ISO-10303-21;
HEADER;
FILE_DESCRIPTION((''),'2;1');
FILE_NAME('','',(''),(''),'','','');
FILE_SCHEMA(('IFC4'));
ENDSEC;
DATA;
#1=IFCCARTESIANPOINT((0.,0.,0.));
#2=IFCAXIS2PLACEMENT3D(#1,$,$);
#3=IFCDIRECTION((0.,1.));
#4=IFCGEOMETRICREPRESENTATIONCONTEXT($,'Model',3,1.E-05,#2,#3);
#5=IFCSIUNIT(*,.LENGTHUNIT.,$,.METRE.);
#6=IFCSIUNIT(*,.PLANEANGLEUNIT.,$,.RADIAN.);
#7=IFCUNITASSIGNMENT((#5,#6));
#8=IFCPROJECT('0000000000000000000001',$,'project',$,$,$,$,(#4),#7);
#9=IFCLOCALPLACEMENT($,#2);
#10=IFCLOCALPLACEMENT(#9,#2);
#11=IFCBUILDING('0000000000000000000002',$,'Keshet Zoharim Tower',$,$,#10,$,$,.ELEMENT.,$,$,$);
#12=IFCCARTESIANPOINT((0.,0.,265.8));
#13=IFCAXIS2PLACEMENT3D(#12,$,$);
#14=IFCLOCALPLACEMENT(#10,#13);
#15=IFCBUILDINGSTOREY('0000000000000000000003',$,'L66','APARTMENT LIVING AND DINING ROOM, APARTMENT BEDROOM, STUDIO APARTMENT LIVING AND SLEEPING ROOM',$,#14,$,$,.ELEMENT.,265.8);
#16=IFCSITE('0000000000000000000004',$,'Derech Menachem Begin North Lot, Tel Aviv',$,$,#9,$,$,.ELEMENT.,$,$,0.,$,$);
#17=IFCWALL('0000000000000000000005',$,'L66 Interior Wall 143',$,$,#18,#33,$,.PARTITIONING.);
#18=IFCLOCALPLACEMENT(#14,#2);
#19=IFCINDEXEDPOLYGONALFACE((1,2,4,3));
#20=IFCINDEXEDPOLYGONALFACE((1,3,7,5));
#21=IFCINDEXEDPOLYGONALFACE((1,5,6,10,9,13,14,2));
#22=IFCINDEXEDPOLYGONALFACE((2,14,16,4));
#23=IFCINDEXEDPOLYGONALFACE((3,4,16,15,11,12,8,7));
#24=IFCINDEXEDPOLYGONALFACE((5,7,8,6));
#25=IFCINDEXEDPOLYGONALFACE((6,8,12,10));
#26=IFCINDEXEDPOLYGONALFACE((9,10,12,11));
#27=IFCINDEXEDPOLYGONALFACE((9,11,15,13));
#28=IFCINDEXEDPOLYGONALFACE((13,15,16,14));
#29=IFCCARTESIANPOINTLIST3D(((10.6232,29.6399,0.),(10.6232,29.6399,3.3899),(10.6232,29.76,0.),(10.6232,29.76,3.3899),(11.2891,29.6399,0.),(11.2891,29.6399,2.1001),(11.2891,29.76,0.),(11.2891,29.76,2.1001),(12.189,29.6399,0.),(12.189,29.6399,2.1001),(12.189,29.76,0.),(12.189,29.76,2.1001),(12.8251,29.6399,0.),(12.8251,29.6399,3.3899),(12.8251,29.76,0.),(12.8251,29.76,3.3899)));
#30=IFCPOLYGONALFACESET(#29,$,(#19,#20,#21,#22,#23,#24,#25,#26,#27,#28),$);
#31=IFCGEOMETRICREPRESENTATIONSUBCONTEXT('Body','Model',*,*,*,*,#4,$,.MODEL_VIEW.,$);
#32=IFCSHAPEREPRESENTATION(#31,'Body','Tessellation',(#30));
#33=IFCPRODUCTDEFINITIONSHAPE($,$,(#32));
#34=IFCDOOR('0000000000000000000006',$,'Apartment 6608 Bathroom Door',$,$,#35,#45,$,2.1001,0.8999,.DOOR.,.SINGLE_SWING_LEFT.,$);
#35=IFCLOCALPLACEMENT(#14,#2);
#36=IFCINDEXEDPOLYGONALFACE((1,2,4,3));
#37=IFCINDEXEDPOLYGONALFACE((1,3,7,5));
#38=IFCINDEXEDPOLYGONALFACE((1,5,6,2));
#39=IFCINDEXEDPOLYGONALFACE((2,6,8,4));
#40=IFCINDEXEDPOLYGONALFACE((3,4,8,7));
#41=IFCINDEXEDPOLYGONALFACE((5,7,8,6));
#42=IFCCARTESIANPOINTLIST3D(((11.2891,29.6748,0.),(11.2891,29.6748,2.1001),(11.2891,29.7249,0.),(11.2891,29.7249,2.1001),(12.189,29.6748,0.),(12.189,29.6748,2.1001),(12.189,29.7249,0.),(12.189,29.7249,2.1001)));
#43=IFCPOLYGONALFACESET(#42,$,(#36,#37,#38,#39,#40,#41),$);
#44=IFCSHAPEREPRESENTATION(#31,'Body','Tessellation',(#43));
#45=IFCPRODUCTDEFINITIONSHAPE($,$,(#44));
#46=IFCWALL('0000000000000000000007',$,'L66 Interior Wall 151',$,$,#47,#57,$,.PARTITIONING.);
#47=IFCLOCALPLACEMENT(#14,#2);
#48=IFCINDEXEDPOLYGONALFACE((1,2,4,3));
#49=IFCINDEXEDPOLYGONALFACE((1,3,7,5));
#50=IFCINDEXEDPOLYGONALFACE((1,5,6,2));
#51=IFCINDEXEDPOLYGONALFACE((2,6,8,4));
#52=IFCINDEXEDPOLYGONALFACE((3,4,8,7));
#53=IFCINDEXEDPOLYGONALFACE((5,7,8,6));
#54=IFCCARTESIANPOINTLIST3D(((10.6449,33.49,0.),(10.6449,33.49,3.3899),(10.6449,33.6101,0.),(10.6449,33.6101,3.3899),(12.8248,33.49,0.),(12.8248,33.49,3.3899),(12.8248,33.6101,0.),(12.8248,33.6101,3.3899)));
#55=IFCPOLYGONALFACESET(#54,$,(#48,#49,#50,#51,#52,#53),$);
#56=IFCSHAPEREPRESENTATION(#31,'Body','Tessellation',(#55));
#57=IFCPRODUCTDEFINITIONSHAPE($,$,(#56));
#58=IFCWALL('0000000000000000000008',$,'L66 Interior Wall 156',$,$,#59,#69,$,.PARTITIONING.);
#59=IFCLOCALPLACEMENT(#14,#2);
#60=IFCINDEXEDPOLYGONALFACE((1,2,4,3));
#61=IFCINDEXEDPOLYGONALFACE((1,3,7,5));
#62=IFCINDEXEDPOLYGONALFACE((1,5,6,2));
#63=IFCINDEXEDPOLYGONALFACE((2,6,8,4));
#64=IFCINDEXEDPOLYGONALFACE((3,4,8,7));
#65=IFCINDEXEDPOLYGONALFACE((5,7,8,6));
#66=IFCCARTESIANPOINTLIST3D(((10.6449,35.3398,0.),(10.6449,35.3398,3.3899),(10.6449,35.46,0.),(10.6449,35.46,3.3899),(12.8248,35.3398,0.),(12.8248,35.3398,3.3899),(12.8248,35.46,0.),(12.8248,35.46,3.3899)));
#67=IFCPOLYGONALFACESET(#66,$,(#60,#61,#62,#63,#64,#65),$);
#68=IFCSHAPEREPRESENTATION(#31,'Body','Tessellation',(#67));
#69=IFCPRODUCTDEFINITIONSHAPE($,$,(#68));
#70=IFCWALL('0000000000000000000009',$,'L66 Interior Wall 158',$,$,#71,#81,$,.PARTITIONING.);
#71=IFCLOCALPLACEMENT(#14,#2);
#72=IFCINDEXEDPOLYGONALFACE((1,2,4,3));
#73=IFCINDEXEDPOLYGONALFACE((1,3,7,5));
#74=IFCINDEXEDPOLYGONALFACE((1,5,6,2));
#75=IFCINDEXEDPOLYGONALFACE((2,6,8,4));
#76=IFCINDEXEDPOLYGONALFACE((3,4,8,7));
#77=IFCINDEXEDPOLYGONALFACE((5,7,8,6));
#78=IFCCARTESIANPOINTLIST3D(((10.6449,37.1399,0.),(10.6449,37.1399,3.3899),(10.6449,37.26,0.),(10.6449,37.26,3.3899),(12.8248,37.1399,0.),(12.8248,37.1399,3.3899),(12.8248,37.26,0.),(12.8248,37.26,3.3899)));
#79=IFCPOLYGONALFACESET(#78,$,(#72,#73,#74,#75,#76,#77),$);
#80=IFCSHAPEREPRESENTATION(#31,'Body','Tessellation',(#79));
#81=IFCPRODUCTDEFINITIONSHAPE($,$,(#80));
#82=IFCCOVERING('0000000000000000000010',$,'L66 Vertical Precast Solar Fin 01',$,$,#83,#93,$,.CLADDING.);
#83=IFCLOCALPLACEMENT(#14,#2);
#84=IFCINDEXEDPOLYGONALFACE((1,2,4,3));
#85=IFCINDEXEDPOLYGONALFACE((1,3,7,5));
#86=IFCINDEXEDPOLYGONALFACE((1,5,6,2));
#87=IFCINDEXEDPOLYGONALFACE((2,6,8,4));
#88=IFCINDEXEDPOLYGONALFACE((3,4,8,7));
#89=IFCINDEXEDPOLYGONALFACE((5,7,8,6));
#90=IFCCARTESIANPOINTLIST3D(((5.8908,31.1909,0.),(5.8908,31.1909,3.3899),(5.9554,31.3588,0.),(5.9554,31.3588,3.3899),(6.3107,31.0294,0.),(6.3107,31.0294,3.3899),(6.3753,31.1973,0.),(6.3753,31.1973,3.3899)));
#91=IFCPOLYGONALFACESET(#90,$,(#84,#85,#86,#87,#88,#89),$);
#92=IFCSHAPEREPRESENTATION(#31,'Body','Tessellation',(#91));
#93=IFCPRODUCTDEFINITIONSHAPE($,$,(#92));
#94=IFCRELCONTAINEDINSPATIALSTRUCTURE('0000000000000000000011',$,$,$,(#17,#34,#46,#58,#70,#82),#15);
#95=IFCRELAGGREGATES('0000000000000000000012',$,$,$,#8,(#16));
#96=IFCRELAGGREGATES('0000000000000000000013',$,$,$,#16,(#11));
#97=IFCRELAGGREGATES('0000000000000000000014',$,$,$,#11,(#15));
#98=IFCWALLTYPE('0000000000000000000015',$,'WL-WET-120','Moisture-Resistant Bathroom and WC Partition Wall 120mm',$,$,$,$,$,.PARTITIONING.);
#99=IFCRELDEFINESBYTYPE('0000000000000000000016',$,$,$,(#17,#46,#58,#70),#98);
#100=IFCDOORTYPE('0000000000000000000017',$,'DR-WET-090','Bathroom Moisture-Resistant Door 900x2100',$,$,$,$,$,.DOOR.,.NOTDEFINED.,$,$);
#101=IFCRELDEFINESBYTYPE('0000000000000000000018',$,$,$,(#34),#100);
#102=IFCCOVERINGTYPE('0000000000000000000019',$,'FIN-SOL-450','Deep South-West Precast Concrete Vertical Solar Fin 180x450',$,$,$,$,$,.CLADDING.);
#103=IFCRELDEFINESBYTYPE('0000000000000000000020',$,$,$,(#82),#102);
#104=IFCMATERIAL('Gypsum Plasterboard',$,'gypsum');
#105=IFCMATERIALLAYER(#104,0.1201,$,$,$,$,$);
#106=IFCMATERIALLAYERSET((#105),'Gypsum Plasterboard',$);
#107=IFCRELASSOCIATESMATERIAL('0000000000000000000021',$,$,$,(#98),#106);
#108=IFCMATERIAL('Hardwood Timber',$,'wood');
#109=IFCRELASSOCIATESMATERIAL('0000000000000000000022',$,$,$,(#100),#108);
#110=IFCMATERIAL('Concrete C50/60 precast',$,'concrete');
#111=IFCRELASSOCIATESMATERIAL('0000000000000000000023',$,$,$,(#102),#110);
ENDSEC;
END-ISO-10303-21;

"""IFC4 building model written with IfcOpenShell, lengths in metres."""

from ifc_helpers import new_model, si_unit, direction, frame, frame_2d, origin, origin_2d, place, context, subcontext, project, spatial, rectangle, extrude, material, layer, layer_set, type_object, element, fill, save


model = new_model("IFC4")

# Units and contexts
model_context = context("Model", 3, precision=1e-05, world=origin(), true_north=direction((0.0, 1.0)))
body_context = subcontext(model_context, "Body", "Model", "MODEL_VIEW")
ifc_project = project(units=[si_unit("LENGTHUNIT", "METRE"), si_unit("PLANEANGLEUNIT", "RADIAN")], contexts=[model_context])

# Site, building, storey
site_placement = place(None, origin())
site = spatial("IfcSite", under=ifc_project, at=site_placement, Name="Derech Menachem Begin North Lot, Tel Aviv", CompositionType="ELEMENT", RefElevation=0.0)
building_placement = place(site_placement, origin())
building = spatial("IfcBuilding", under=site, at=building_placement, Name="Keshet Zoharim Tower", CompositionType="ELEMENT")
storey_placement = place(building_placement, frame((0.0, 0.0, 265.8)))
storey = spatial("IfcBuildingStorey", under=building, at=storey_placement, Name="L66", Description="APARTMENT LIVING AND DINING ROOM, APARTMENT BEDROOM, STUDIO APARTMENT LIVING AND SLEEPING ROOM", CompositionType="ELEMENT", Elevation=265.8)

# Shared definitions
ifc_material_1 = material(Name="Hardwood Timber", Category="wood")

# Shared definitions
ifc_material_2 = material(Name="Gypsum Plasterboard", Category="gypsum")

# Shared definitions
ifc_layer_1 = layer(ifc_material_2, 0.1201)
ifc_layer_set_1 = layer_set([ifc_layer_1], Name="Gypsum Plasterboard")
wall_type_1 = type_object("IfcWallType", Name="WL-WET-120", Description="Moisture-Resistant Bathroom and WC Partition Wall 120mm", PredefinedType="PARTITIONING", material=ifc_layer_set_1)

# Wall, opening, door
door_type_1 = type_object("IfcDoorType", Name="DR-WET-090", Description="Bathroom Moisture-Resistant Door 900x2100", OperationType="NOTDEFINED", PredefinedType="DOOR", material=ifc_material_1)
wall_1_placement = place(storey_placement, frame((10.623, 29.7, 0.0), z_axis=(0.0, 0.0, 1.0), x_axis=(1.0, 0.0, 0.0)))
wall_1 = element("IfcWall", 1, at=wall_1_placement, inside=storey, type_object=wall_type_1, Name="L66 Interior Wall 143", PredefinedType="PARTITIONING", context=body_context, shape_type="SweptSolid", body=[
    extrude(rectangle(XDim=2.2019, YDim=0.1201, at=frame_2d((1.1011, 0.0))), origin(), (0.0, 0.0, 1.0), 3.3899),
])
opening_1_placement = place(wall_1_placement, frame((0.666, 0.0, 0.0)))
opening_1 = element("IfcOpeningElement", 2, at=opening_1_placement, cuts=wall_1, PredefinedType="OPENING", context=body_context, shape_type="SweptSolid", body=[
    extrude(rectangle(XDim=0.8999, YDim=2.1001, at=frame_2d((0.45, 1.05))), frame((0.0, 0.0701, 0.0), z_axis=(0.0, -1.0, 0.0), x_axis=(1.0, 0.0, 0.0)), (0.0, 0.0, 1.0), 0.1401),
])
door_1_placement = place(opening_1_placement, origin())
door_1 = element("IfcDoor", 3, at=door_1_placement, inside=storey, type_object=door_type_1, Name="Apartment 6608 Bathroom Door", OperationType="SINGLE_SWING_LEFT", OverallHeight=2.1001, OverallWidth=0.8999, PredefinedType="DOOR", context=body_context, shape_type="SweptSolid", body=[
    extrude(rectangle(XDim=0.8999, YDim=2.1001, at=frame_2d((0.45, 1.05))), frame((0.0, 0.0249, 0.0), z_axis=(0.0, -1.0, 0.0), x_axis=(1.0, 0.0, 0.0)), (0.0, 0.0, 1.0), 0.05),
])
fill(opening_1, door_1)

# Walls
for number, where, z_axis, x_axis, name in (
    (4, (10.645, 33.55, 0.0), (0.0, 0.0, 1.0), (1.0, 0.0, 0.0), "L66 Interior Wall 151"),
    (5, (10.645, 35.3999, 0.0), (0.0, 0.0, 1.0), (1.0, 0.0, 0.0), "L66 Interior Wall 156"),
    (6, (10.645, 37.2, 0.0), (0.0, 0.0, 1.0), (1.0, 0.0, 0.0), "L66 Interior Wall 158"),
):
    element("IfcWall", number, at=place(storey_placement, frame(where, z_axis=z_axis, x_axis=x_axis)), inside=storey, type_object=wall_type_1, Name=name, PredefinedType="PARTITIONING", context=body_context, shape_type="SweptSolid", body=[
        extrude(rectangle(XDim=2.1799, YDim=0.1201, at=frame_2d((1.0898, 0.0))), origin(), (0.0, 0.0, 1.0), 3.3899),
    ])

# Covering
ifc_material_3 = material(Name="Concrete C50/60 precast", Category="concrete")
covering_type = type_object("IfcCoveringType", Name="FIN-SOL-450", Description="Deep South-West Precast Concrete Vertical Solar Fin 180x450", PredefinedType="CLADDING", material=ifc_material_3)
covering_placement = place(storey_placement, frame((6.1331, 31.1941, 0.0), z_axis=(0.0, 0.0, 1.0), x_axis=(0.35899, 0.933341, 0.0)))
element("IfcCovering", 7, at=covering_placement, inside=storey, type_object=covering_type, Name="L66 Vertical Precast Solar Fin 01", PredefinedType="CLADDING", context=body_context, shape_type="SweptSolid", body=[
    extrude(rectangle(XDim=0.1799, YDim=0.45, at=origin_2d()), origin(), (0.0, 0.0, 1.0), 3.3899),
])

save(model, "model.ifc")
